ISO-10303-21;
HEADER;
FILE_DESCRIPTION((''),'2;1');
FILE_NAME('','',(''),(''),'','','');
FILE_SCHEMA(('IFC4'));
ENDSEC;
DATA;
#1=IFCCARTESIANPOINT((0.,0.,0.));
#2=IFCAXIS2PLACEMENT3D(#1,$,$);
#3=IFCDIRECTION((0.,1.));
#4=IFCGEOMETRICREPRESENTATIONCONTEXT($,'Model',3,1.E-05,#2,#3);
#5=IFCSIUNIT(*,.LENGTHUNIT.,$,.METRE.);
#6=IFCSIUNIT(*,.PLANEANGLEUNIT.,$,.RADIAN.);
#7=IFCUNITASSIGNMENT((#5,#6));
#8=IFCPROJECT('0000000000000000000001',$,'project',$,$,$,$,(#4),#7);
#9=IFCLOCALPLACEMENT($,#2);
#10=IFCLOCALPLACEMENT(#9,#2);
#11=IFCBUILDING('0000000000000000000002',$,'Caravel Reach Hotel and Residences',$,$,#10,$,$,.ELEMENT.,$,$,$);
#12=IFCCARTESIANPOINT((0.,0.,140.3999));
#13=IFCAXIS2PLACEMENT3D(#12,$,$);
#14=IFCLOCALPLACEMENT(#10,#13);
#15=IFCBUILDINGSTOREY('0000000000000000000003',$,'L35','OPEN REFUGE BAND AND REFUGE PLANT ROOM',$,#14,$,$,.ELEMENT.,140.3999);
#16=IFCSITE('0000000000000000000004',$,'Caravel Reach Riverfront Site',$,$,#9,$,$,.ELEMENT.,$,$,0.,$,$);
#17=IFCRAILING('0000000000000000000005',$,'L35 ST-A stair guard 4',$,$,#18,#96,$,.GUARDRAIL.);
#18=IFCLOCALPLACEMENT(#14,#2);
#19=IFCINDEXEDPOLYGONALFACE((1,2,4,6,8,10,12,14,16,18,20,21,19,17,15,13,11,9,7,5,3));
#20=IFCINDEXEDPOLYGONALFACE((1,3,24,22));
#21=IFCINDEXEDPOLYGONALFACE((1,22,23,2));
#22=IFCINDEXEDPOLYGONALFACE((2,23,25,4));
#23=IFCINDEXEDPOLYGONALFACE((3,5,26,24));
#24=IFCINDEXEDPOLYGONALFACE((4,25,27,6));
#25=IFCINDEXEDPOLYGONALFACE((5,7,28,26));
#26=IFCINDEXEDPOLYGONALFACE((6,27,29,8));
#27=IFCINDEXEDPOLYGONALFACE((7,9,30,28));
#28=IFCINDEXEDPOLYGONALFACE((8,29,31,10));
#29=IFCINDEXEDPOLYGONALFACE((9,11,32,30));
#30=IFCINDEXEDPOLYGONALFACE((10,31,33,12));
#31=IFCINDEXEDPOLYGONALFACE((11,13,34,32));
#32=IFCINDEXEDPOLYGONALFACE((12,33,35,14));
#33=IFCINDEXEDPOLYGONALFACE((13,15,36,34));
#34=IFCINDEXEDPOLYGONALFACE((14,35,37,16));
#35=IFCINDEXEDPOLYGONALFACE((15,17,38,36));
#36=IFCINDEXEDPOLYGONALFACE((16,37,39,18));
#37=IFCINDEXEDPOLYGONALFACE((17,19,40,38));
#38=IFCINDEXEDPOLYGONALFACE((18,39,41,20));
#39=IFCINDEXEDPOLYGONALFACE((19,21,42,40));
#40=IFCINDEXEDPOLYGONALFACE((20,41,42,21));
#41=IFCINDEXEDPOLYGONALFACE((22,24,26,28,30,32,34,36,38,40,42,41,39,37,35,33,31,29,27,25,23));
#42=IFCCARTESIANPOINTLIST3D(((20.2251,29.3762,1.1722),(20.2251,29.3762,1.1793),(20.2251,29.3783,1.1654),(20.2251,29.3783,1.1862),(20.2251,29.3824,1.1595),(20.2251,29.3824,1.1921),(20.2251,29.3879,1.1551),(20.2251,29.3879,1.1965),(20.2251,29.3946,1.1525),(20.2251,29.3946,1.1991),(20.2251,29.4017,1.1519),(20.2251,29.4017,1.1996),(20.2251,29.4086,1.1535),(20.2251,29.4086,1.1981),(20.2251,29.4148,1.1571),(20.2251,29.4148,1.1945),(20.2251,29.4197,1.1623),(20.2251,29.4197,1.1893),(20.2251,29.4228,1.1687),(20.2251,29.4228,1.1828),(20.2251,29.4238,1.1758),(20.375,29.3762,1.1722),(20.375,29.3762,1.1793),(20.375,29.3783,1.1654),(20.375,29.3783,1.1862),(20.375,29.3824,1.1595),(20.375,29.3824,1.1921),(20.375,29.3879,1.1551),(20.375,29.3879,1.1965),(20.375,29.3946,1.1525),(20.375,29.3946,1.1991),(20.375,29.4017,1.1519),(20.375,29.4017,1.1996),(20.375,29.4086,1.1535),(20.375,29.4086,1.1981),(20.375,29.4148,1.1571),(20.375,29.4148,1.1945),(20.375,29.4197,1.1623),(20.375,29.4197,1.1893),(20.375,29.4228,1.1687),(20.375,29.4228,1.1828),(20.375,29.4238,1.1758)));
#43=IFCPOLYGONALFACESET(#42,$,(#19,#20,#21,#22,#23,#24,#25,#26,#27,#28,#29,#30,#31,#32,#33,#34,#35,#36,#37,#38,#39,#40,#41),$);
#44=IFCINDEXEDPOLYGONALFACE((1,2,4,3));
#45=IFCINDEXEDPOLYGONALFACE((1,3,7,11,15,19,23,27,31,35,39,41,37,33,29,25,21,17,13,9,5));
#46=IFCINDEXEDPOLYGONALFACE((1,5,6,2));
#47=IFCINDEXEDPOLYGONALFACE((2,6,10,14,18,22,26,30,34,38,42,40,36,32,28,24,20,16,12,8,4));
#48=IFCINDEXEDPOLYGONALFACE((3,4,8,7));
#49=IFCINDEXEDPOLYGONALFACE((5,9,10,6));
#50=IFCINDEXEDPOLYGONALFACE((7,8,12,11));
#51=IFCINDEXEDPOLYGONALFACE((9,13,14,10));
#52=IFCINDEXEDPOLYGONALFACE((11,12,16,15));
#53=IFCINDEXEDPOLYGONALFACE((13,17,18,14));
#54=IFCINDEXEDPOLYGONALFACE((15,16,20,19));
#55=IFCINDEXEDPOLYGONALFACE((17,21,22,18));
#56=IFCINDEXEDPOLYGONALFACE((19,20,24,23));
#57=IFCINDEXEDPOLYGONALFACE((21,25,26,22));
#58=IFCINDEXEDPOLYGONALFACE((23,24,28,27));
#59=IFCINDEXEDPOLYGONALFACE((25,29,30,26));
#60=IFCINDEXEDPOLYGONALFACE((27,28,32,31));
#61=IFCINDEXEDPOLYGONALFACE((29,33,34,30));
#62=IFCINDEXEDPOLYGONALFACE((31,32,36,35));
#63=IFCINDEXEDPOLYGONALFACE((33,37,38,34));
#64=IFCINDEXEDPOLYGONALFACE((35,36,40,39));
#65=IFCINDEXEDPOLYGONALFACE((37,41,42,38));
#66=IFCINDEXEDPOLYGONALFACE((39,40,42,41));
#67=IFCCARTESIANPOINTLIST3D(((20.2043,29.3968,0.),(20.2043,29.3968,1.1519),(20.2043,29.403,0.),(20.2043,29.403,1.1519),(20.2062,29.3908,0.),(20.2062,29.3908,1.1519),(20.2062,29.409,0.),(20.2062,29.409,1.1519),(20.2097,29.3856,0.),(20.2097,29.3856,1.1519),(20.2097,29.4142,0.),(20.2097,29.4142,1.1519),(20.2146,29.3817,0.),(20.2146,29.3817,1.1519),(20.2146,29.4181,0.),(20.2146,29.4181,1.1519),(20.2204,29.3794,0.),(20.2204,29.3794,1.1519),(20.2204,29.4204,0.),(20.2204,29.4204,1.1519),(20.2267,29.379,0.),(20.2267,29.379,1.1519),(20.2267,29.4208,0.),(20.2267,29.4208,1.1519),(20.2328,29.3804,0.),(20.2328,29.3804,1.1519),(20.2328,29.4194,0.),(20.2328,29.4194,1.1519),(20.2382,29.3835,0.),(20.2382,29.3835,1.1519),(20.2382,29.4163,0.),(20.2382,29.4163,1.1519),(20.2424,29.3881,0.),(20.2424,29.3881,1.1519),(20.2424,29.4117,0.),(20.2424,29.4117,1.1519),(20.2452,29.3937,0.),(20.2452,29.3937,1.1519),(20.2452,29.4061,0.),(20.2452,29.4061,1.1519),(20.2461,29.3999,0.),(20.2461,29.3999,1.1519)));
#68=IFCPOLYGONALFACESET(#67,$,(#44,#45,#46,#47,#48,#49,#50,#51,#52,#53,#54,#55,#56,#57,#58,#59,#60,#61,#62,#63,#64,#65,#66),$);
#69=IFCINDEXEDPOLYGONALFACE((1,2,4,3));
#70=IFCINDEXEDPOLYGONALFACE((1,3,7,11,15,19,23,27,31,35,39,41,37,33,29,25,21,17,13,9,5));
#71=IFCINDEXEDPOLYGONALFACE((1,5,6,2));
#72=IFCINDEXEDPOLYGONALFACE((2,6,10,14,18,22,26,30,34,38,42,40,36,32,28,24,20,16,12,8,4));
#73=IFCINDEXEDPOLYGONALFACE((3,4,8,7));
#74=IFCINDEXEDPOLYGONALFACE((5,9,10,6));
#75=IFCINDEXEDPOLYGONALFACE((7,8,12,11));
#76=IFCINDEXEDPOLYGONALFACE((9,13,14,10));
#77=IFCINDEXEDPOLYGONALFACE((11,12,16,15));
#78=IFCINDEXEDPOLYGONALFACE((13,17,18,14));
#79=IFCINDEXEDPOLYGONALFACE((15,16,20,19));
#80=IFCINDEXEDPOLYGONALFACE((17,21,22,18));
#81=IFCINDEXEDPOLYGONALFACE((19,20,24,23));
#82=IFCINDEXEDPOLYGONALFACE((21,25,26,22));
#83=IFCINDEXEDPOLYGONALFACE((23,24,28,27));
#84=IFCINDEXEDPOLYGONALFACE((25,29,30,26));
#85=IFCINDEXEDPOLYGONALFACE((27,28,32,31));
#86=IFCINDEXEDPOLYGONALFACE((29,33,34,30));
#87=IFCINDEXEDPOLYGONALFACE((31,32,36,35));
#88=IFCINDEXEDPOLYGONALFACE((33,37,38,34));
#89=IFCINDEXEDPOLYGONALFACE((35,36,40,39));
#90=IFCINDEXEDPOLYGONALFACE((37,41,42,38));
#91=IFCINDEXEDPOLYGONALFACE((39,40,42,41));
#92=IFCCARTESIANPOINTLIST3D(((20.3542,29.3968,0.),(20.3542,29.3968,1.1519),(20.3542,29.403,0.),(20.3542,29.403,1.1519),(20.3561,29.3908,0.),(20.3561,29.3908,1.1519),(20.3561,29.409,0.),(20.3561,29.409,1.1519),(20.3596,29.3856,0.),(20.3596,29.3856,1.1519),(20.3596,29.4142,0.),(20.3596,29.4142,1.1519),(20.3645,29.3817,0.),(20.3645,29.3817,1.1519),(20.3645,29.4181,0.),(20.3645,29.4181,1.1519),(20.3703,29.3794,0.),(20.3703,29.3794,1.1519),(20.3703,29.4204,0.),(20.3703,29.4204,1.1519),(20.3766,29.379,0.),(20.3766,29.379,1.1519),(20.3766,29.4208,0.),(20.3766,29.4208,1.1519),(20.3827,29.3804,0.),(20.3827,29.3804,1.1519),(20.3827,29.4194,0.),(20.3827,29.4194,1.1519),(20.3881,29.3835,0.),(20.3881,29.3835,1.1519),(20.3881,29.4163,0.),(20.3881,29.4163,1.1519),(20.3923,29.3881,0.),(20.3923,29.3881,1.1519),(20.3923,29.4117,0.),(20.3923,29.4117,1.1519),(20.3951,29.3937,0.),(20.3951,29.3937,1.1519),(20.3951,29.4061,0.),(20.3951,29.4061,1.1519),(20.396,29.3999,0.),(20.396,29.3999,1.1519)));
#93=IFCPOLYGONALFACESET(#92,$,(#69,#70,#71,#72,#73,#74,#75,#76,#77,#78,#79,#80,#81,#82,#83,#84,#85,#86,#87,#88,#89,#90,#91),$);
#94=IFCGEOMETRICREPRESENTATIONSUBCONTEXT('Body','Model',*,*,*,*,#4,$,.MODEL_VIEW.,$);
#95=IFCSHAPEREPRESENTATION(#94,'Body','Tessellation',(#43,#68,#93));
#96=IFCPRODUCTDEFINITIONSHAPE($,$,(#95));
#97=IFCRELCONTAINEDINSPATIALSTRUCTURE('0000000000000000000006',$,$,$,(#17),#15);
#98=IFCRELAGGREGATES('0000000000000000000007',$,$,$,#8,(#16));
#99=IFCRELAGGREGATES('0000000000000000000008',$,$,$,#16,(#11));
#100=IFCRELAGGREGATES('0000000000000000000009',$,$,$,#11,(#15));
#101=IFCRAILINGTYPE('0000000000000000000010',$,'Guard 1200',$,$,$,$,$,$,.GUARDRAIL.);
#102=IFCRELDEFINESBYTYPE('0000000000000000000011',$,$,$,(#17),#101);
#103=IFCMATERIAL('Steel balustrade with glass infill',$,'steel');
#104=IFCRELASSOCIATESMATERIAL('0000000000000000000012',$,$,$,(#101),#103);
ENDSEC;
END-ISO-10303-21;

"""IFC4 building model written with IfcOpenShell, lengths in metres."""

from ifc_helpers import new_model, si_unit, direction, frame, origin, origin_2d, place, context, subcontext, project, spatial, circle, extrude, material, type_object, element, save


model = new_model("IFC4")

# Units and contexts
model_context = context("Model", 3, precision=1e-05, world=origin(), true_north=direction((0.0, 1.0)))
body_context = subcontext(model_context, "Body", "Model", "MODEL_VIEW")
ifc_project = project(units=[si_unit("LENGTHUNIT", "METRE"), si_unit("PLANEANGLEUNIT", "RADIAN")], contexts=[model_context])

# Site, building, storey
site_placement = place(None, origin())
site = spatial("IfcSite", under=ifc_project, at=site_placement, Name="Caravel Reach Riverfront Site", CompositionType="ELEMENT", RefElevation=0.0)
building_placement = place(site_placement, origin())
building = spatial("IfcBuilding", under=site, at=building_placement, Name="Caravel Reach Hotel and Residences", CompositionType="ELEMENT")
storey_placement = place(building_placement, frame((0.0, 0.0, 140.3999)))
storey = spatial("IfcBuildingStorey", under=building, at=storey_placement, Name="L35", Description="OPEN REFUGE BAND AND REFUGE PLANT ROOM", CompositionType="ELEMENT", Elevation=140.3999)

# Railing
ifc_material_1 = material(Name="Steel balustrade with glass infill", Category="steel")
railing_type_1 = type_object("IfcRailingType", Name="Guard 1200", PredefinedType="GUARDRAIL", material=ifc_material_1)
railing_1_placement = place(storey_placement, frame((20.2251, 29.3999, 0.0)))
element("IfcRailing", 1, at=railing_1_placement, inside=storey, type_object=railing_type_1, Name="L35 ST-A stair guard 4", PredefinedType="GUARDRAIL", context=body_context, shape_type="SweptSolid", body=[
    extrude(circle(Radius=0.0239, at=origin_2d()), frame((0.0, 0.0, 1.1758), z_axis=(1.0, 0.0, 0.0), x_axis=(0.0, 1.0, 0.0)), (0.0, 0.0, 1.0), 0.1499),
    extrude(circle(Radius=0.021, at=origin_2d()), origin(), (0.0, 0.0, 1.0), 1.1519),
    extrude(circle(Radius=0.021, at=origin_2d()), frame((0.1499, 0.0, 0.0)), (0.0, 0.0, 1.0), 1.1519),
])

save(model, "model.ifc")
